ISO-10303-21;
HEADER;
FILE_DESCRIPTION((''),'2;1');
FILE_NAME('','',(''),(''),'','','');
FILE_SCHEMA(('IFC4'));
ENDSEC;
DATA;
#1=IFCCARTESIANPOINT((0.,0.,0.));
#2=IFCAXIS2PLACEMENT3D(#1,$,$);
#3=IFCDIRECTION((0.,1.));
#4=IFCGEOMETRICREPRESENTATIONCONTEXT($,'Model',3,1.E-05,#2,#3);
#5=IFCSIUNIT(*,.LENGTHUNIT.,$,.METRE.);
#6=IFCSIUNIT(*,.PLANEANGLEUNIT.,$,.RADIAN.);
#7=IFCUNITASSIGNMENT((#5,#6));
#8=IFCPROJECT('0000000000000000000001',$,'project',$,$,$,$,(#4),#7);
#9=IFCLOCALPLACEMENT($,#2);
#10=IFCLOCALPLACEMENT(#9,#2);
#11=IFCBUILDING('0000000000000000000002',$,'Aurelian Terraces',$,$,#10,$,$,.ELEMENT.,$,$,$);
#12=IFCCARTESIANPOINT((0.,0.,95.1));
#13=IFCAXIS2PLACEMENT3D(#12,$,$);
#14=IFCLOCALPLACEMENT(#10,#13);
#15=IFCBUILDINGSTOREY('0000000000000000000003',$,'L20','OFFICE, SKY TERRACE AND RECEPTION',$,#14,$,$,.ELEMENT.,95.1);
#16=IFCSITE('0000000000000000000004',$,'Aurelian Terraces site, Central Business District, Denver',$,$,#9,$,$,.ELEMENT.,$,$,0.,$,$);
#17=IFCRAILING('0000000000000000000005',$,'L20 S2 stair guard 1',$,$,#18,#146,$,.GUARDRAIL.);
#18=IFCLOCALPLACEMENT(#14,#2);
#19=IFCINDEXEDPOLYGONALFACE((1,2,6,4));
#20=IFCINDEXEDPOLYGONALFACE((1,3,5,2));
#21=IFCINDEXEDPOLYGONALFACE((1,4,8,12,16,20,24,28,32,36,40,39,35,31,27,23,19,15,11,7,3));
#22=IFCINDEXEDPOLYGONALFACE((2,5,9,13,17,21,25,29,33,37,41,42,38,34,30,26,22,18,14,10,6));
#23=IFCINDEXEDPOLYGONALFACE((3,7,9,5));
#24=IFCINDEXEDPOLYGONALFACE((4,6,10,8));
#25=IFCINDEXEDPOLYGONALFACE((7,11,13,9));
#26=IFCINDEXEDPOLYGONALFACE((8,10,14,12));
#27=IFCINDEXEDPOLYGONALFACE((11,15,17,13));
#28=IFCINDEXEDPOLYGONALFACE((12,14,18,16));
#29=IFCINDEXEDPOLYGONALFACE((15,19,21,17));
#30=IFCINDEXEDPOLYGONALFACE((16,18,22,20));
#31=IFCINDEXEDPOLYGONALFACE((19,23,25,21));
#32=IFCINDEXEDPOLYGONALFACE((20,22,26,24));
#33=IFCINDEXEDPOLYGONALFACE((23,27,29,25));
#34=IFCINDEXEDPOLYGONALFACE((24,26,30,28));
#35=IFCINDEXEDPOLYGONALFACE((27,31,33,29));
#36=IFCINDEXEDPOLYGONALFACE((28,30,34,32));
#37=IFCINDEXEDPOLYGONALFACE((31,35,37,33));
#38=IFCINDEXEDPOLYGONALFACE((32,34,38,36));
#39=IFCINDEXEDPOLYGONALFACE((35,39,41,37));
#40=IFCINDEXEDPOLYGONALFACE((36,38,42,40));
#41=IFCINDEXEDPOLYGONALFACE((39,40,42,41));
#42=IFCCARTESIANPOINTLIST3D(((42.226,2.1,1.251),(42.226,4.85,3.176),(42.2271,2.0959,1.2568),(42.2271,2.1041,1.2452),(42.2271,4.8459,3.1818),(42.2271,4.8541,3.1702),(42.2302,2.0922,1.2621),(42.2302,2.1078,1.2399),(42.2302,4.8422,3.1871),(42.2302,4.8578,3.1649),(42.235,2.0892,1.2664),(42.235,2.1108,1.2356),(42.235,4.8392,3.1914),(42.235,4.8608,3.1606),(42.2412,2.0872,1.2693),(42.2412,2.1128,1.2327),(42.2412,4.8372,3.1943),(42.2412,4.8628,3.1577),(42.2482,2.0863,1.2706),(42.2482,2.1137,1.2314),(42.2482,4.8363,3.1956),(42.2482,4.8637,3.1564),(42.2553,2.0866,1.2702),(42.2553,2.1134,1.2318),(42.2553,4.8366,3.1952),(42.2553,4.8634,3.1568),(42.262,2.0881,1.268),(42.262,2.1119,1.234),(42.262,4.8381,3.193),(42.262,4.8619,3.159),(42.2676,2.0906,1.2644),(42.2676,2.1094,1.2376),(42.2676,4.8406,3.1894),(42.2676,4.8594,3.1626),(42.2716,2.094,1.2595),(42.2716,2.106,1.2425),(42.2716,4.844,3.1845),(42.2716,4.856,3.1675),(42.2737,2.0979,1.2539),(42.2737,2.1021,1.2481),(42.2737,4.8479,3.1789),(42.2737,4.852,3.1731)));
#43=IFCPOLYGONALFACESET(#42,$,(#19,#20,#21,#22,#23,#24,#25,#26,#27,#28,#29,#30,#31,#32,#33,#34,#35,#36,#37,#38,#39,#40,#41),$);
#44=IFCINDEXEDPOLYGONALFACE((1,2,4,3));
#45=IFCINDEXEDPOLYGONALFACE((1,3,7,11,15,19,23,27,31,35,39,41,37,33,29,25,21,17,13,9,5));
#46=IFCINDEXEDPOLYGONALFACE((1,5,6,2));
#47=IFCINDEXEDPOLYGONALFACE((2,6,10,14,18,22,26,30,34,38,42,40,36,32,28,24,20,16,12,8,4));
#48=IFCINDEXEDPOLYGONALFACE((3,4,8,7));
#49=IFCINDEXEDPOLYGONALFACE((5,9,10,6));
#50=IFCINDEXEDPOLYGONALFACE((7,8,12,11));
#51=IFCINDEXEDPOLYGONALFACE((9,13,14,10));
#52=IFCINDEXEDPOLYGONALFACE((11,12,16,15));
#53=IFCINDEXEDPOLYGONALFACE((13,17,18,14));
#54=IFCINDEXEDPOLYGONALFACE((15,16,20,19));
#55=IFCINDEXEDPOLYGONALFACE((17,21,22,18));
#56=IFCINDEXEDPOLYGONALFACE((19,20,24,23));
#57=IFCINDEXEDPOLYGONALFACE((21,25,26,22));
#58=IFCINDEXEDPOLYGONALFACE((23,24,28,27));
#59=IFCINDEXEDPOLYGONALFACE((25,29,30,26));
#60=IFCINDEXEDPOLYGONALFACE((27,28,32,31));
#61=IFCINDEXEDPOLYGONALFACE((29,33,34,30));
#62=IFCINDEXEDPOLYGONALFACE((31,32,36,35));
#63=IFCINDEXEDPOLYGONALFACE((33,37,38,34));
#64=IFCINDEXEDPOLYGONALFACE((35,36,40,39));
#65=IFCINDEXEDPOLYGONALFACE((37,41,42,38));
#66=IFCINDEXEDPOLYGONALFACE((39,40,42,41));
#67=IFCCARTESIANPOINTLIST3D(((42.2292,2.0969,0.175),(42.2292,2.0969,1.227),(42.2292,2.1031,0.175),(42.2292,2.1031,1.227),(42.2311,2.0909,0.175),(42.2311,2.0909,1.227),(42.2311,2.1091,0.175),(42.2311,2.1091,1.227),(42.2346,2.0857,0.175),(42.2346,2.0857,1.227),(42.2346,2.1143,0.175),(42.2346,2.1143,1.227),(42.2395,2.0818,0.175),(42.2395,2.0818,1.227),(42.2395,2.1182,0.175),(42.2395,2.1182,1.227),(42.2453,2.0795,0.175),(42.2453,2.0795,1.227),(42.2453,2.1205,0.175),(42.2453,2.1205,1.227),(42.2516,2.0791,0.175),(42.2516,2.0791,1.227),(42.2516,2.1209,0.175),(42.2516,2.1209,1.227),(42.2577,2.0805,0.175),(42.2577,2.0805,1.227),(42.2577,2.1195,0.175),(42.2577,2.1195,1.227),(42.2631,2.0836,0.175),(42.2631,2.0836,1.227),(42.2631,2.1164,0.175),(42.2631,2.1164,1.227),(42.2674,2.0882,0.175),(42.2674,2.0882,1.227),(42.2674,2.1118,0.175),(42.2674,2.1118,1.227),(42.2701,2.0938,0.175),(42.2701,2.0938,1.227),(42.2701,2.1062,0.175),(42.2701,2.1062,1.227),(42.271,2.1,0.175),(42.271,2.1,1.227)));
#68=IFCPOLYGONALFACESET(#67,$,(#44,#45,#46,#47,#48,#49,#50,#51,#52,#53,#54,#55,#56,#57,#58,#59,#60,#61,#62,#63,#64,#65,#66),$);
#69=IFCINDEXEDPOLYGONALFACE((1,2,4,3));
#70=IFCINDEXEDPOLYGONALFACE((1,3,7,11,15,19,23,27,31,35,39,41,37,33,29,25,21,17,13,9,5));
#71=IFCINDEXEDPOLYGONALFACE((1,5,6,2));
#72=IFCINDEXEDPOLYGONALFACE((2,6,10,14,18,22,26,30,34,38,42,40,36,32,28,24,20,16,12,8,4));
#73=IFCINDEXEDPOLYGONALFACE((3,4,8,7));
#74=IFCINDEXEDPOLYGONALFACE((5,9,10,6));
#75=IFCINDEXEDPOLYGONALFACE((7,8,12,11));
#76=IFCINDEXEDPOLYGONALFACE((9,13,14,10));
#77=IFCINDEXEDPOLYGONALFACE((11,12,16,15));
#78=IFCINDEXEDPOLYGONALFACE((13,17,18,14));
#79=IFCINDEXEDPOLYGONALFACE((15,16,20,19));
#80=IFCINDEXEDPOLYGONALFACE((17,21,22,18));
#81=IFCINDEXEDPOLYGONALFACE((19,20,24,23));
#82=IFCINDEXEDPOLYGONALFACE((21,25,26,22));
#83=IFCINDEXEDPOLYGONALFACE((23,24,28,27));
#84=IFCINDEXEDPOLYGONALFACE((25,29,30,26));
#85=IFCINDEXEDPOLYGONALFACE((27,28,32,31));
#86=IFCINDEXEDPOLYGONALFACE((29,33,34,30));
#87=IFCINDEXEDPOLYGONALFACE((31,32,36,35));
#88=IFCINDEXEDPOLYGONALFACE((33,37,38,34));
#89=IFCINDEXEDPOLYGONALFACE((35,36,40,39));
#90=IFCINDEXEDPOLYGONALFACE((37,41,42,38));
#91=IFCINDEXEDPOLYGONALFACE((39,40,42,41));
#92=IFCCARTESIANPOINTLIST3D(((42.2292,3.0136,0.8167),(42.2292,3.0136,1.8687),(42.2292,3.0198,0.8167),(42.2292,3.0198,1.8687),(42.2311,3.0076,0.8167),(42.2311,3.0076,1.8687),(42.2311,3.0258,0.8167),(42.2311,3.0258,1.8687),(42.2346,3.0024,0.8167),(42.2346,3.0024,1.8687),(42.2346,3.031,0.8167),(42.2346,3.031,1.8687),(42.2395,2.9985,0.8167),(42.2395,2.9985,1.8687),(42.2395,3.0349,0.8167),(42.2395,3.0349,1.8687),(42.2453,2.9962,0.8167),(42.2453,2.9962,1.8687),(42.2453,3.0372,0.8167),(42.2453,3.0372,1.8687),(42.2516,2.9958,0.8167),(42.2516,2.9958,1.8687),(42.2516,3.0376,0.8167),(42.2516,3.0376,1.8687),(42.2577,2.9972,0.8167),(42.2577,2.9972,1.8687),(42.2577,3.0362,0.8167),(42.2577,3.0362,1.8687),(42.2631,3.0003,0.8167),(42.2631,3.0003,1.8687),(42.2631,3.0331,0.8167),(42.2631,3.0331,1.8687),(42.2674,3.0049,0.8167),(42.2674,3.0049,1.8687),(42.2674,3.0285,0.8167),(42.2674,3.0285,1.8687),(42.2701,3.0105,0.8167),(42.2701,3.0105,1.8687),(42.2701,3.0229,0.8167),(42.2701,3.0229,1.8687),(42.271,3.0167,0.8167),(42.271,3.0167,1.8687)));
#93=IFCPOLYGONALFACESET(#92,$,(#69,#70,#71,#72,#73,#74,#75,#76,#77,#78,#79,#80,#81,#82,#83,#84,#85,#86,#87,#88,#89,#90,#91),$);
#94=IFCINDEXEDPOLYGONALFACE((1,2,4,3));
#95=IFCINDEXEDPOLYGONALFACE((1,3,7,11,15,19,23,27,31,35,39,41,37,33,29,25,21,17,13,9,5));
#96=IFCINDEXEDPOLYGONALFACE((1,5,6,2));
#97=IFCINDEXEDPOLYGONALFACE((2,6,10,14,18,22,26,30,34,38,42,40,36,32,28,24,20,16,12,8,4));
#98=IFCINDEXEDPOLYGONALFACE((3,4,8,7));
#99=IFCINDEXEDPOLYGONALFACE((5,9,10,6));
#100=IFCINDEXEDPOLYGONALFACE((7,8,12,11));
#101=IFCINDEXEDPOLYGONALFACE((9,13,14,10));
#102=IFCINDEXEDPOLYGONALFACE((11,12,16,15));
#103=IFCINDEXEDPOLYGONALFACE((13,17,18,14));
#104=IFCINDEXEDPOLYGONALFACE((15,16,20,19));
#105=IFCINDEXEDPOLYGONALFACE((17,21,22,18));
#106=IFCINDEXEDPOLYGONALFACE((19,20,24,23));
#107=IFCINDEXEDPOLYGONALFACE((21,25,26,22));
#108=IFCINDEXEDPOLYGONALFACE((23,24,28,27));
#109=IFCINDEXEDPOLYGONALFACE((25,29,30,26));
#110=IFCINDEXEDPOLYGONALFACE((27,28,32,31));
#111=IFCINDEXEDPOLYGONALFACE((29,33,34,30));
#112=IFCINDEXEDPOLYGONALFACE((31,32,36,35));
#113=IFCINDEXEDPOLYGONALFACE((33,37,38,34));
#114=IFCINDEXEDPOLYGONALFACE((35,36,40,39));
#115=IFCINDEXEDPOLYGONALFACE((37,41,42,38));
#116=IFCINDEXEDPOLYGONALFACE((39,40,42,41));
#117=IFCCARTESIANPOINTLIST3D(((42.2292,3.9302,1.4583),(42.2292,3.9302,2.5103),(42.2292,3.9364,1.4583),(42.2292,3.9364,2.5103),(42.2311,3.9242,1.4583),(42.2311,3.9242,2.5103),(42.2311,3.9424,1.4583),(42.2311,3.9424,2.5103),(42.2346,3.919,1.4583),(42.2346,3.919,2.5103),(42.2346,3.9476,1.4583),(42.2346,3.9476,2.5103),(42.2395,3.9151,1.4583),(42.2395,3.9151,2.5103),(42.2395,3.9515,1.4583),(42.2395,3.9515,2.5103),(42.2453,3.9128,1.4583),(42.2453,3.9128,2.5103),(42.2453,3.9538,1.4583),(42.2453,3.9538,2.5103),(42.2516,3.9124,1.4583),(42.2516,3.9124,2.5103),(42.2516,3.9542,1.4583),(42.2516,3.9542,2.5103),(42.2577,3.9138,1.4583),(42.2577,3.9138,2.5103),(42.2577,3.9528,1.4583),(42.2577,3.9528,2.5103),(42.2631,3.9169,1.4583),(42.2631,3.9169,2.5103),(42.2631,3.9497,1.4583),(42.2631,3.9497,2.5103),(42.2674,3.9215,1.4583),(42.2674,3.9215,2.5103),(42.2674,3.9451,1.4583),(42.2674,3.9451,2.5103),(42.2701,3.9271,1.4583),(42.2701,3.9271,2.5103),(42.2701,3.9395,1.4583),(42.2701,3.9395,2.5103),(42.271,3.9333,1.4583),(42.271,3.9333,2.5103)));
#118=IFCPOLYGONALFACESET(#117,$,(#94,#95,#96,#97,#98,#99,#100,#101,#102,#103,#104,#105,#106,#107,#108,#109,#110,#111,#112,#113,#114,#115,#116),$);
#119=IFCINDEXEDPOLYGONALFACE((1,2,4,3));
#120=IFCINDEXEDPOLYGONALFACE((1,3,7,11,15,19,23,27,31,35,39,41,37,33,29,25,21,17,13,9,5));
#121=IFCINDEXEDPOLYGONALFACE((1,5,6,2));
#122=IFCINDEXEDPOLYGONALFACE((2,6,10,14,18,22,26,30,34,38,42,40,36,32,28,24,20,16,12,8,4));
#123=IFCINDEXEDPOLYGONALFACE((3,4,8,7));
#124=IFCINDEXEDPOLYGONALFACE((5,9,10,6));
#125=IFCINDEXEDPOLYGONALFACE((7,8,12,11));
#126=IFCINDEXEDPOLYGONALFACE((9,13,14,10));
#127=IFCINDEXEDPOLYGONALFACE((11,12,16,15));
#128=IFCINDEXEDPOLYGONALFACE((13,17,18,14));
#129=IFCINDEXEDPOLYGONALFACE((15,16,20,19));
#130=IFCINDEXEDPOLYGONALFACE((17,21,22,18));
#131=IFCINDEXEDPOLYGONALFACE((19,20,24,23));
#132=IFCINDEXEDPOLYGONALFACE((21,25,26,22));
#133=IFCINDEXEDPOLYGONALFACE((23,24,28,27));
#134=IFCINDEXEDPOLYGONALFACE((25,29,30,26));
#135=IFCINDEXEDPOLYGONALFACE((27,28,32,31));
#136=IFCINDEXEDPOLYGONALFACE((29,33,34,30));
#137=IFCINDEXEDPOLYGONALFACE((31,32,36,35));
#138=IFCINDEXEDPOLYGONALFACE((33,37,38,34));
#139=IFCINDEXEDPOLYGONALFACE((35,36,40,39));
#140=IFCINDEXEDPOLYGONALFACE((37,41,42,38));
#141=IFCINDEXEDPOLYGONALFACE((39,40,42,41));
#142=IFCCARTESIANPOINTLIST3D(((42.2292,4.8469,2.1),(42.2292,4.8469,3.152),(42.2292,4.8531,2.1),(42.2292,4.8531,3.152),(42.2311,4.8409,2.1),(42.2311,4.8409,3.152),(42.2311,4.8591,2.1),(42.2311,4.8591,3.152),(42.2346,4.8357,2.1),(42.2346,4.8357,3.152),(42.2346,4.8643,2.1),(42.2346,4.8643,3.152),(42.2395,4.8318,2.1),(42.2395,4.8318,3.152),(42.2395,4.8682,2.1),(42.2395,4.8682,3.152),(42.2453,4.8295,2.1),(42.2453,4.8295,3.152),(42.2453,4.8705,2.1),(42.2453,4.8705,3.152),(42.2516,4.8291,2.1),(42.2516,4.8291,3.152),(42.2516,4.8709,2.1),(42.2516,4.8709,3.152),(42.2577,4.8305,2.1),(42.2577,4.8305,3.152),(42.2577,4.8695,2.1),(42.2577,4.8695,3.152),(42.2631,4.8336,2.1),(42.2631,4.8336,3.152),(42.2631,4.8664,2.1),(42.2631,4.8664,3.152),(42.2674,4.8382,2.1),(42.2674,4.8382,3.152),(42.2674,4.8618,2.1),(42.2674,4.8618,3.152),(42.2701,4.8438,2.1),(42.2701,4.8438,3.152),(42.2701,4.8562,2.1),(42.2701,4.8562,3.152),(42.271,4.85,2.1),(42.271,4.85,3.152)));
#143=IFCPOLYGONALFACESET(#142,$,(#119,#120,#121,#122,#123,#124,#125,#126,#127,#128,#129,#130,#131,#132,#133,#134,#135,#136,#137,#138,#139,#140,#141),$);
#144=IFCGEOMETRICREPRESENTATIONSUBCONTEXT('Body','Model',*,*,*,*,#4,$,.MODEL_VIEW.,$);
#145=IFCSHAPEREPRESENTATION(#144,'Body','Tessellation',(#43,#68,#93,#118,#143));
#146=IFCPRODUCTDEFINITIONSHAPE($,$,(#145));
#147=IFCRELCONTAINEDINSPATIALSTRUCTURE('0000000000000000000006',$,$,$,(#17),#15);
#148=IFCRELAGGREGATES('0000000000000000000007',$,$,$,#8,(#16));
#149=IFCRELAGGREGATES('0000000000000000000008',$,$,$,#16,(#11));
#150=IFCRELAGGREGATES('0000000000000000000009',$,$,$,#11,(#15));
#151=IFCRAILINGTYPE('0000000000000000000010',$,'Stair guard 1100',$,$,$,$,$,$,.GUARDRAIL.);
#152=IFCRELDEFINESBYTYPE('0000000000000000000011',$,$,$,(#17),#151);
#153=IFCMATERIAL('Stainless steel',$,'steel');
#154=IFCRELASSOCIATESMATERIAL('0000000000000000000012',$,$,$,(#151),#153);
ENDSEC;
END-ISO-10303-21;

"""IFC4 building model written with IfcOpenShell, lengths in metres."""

from ifc_helpers import new_model, si_unit, direction, frame, origin, origin_2d, place, context, subcontext, project, spatial, circle, extrude, source, transform, mapped, material, type_object, element, save


model = new_model("IFC4")

# Units and contexts
model_context = context("Model", 3, precision=1e-05, world=origin(), true_north=direction((0.0, 1.0)))
body_context = subcontext(model_context, "Body", "Model", "MODEL_VIEW")
ifc_project = project(units=[si_unit("LENGTHUNIT", "METRE"), si_unit("PLANEANGLEUNIT", "RADIAN")], contexts=[model_context])

# Site, building, storey
site_placement = place(None, origin())
site = spatial("IfcSite", under=ifc_project, at=site_placement, Name="Aurelian Terraces site, Central Business District, Denver", CompositionType="ELEMENT", RefElevation=0.0)
building_placement = place(site_placement, origin())
building = spatial("IfcBuilding", under=site, at=building_placement, Name="Aurelian Terraces", CompositionType="ELEMENT")
storey_placement = place(building_placement, frame((0.0, 0.0, 95.1)))
storey = spatial("IfcBuildingStorey", under=building, at=storey_placement, Name="L20", Description="OFFICE, SKY TERRACE AND RECEPTION", CompositionType="ELEMENT", Elevation=95.1)

# Railing
ifc_material_1 = material(Name="Stainless steel", Category="steel")
railing_type_1 = type_object("IfcRailingType", Name="Stair guard 1100", PredefinedType="GUARDRAIL", material=ifc_material_1)
shared_shape_1 = source(origin(), body_context, "Body", "SweptSolid", [
    extrude(circle(Radius=0.024, at=origin_2d()), frame((0.0, 0.0, 1.076), z_axis=(0.0, 0.819232, 0.573462), x_axis=(-1.0, 0.0, 0.0)), (0.0, 0.0, 1.0), 3.3568),
    extrude(circle(Radius=0.021, at=origin_2d()), origin(), (0.0, 0.0, 1.0), 1.052),
    extrude(circle(Radius=0.021, at=origin_2d()), frame((0.0, 0.9167, 0.6417)), (0.0, 0.0, 1.0), 1.052),
    extrude(circle(Radius=0.021, at=origin_2d()), frame((0.0, 1.8333, 1.2833)), (0.0, 0.0, 1.0), 1.052),
    extrude(circle(Radius=0.021, at=origin_2d()), frame((0.0, 2.75, 1.925)), (0.0, 0.0, 1.0), 1.052),
])
railing_1_placement = place(storey_placement, frame((42.25, 2.1, 0.175)))
element("IfcRailing", 1, at=railing_1_placement, inside=storey, type_object=railing_type_1, Name="L20 S2 stair guard 1", PredefinedType="GUARDRAIL", context=body_context, shape_type="MappedRepresentation", body=[
    mapped(shared_shape_1, transform((0.0, 0.0, 0.0), scale=1.0)),
])

save(model, "model.ifc")
